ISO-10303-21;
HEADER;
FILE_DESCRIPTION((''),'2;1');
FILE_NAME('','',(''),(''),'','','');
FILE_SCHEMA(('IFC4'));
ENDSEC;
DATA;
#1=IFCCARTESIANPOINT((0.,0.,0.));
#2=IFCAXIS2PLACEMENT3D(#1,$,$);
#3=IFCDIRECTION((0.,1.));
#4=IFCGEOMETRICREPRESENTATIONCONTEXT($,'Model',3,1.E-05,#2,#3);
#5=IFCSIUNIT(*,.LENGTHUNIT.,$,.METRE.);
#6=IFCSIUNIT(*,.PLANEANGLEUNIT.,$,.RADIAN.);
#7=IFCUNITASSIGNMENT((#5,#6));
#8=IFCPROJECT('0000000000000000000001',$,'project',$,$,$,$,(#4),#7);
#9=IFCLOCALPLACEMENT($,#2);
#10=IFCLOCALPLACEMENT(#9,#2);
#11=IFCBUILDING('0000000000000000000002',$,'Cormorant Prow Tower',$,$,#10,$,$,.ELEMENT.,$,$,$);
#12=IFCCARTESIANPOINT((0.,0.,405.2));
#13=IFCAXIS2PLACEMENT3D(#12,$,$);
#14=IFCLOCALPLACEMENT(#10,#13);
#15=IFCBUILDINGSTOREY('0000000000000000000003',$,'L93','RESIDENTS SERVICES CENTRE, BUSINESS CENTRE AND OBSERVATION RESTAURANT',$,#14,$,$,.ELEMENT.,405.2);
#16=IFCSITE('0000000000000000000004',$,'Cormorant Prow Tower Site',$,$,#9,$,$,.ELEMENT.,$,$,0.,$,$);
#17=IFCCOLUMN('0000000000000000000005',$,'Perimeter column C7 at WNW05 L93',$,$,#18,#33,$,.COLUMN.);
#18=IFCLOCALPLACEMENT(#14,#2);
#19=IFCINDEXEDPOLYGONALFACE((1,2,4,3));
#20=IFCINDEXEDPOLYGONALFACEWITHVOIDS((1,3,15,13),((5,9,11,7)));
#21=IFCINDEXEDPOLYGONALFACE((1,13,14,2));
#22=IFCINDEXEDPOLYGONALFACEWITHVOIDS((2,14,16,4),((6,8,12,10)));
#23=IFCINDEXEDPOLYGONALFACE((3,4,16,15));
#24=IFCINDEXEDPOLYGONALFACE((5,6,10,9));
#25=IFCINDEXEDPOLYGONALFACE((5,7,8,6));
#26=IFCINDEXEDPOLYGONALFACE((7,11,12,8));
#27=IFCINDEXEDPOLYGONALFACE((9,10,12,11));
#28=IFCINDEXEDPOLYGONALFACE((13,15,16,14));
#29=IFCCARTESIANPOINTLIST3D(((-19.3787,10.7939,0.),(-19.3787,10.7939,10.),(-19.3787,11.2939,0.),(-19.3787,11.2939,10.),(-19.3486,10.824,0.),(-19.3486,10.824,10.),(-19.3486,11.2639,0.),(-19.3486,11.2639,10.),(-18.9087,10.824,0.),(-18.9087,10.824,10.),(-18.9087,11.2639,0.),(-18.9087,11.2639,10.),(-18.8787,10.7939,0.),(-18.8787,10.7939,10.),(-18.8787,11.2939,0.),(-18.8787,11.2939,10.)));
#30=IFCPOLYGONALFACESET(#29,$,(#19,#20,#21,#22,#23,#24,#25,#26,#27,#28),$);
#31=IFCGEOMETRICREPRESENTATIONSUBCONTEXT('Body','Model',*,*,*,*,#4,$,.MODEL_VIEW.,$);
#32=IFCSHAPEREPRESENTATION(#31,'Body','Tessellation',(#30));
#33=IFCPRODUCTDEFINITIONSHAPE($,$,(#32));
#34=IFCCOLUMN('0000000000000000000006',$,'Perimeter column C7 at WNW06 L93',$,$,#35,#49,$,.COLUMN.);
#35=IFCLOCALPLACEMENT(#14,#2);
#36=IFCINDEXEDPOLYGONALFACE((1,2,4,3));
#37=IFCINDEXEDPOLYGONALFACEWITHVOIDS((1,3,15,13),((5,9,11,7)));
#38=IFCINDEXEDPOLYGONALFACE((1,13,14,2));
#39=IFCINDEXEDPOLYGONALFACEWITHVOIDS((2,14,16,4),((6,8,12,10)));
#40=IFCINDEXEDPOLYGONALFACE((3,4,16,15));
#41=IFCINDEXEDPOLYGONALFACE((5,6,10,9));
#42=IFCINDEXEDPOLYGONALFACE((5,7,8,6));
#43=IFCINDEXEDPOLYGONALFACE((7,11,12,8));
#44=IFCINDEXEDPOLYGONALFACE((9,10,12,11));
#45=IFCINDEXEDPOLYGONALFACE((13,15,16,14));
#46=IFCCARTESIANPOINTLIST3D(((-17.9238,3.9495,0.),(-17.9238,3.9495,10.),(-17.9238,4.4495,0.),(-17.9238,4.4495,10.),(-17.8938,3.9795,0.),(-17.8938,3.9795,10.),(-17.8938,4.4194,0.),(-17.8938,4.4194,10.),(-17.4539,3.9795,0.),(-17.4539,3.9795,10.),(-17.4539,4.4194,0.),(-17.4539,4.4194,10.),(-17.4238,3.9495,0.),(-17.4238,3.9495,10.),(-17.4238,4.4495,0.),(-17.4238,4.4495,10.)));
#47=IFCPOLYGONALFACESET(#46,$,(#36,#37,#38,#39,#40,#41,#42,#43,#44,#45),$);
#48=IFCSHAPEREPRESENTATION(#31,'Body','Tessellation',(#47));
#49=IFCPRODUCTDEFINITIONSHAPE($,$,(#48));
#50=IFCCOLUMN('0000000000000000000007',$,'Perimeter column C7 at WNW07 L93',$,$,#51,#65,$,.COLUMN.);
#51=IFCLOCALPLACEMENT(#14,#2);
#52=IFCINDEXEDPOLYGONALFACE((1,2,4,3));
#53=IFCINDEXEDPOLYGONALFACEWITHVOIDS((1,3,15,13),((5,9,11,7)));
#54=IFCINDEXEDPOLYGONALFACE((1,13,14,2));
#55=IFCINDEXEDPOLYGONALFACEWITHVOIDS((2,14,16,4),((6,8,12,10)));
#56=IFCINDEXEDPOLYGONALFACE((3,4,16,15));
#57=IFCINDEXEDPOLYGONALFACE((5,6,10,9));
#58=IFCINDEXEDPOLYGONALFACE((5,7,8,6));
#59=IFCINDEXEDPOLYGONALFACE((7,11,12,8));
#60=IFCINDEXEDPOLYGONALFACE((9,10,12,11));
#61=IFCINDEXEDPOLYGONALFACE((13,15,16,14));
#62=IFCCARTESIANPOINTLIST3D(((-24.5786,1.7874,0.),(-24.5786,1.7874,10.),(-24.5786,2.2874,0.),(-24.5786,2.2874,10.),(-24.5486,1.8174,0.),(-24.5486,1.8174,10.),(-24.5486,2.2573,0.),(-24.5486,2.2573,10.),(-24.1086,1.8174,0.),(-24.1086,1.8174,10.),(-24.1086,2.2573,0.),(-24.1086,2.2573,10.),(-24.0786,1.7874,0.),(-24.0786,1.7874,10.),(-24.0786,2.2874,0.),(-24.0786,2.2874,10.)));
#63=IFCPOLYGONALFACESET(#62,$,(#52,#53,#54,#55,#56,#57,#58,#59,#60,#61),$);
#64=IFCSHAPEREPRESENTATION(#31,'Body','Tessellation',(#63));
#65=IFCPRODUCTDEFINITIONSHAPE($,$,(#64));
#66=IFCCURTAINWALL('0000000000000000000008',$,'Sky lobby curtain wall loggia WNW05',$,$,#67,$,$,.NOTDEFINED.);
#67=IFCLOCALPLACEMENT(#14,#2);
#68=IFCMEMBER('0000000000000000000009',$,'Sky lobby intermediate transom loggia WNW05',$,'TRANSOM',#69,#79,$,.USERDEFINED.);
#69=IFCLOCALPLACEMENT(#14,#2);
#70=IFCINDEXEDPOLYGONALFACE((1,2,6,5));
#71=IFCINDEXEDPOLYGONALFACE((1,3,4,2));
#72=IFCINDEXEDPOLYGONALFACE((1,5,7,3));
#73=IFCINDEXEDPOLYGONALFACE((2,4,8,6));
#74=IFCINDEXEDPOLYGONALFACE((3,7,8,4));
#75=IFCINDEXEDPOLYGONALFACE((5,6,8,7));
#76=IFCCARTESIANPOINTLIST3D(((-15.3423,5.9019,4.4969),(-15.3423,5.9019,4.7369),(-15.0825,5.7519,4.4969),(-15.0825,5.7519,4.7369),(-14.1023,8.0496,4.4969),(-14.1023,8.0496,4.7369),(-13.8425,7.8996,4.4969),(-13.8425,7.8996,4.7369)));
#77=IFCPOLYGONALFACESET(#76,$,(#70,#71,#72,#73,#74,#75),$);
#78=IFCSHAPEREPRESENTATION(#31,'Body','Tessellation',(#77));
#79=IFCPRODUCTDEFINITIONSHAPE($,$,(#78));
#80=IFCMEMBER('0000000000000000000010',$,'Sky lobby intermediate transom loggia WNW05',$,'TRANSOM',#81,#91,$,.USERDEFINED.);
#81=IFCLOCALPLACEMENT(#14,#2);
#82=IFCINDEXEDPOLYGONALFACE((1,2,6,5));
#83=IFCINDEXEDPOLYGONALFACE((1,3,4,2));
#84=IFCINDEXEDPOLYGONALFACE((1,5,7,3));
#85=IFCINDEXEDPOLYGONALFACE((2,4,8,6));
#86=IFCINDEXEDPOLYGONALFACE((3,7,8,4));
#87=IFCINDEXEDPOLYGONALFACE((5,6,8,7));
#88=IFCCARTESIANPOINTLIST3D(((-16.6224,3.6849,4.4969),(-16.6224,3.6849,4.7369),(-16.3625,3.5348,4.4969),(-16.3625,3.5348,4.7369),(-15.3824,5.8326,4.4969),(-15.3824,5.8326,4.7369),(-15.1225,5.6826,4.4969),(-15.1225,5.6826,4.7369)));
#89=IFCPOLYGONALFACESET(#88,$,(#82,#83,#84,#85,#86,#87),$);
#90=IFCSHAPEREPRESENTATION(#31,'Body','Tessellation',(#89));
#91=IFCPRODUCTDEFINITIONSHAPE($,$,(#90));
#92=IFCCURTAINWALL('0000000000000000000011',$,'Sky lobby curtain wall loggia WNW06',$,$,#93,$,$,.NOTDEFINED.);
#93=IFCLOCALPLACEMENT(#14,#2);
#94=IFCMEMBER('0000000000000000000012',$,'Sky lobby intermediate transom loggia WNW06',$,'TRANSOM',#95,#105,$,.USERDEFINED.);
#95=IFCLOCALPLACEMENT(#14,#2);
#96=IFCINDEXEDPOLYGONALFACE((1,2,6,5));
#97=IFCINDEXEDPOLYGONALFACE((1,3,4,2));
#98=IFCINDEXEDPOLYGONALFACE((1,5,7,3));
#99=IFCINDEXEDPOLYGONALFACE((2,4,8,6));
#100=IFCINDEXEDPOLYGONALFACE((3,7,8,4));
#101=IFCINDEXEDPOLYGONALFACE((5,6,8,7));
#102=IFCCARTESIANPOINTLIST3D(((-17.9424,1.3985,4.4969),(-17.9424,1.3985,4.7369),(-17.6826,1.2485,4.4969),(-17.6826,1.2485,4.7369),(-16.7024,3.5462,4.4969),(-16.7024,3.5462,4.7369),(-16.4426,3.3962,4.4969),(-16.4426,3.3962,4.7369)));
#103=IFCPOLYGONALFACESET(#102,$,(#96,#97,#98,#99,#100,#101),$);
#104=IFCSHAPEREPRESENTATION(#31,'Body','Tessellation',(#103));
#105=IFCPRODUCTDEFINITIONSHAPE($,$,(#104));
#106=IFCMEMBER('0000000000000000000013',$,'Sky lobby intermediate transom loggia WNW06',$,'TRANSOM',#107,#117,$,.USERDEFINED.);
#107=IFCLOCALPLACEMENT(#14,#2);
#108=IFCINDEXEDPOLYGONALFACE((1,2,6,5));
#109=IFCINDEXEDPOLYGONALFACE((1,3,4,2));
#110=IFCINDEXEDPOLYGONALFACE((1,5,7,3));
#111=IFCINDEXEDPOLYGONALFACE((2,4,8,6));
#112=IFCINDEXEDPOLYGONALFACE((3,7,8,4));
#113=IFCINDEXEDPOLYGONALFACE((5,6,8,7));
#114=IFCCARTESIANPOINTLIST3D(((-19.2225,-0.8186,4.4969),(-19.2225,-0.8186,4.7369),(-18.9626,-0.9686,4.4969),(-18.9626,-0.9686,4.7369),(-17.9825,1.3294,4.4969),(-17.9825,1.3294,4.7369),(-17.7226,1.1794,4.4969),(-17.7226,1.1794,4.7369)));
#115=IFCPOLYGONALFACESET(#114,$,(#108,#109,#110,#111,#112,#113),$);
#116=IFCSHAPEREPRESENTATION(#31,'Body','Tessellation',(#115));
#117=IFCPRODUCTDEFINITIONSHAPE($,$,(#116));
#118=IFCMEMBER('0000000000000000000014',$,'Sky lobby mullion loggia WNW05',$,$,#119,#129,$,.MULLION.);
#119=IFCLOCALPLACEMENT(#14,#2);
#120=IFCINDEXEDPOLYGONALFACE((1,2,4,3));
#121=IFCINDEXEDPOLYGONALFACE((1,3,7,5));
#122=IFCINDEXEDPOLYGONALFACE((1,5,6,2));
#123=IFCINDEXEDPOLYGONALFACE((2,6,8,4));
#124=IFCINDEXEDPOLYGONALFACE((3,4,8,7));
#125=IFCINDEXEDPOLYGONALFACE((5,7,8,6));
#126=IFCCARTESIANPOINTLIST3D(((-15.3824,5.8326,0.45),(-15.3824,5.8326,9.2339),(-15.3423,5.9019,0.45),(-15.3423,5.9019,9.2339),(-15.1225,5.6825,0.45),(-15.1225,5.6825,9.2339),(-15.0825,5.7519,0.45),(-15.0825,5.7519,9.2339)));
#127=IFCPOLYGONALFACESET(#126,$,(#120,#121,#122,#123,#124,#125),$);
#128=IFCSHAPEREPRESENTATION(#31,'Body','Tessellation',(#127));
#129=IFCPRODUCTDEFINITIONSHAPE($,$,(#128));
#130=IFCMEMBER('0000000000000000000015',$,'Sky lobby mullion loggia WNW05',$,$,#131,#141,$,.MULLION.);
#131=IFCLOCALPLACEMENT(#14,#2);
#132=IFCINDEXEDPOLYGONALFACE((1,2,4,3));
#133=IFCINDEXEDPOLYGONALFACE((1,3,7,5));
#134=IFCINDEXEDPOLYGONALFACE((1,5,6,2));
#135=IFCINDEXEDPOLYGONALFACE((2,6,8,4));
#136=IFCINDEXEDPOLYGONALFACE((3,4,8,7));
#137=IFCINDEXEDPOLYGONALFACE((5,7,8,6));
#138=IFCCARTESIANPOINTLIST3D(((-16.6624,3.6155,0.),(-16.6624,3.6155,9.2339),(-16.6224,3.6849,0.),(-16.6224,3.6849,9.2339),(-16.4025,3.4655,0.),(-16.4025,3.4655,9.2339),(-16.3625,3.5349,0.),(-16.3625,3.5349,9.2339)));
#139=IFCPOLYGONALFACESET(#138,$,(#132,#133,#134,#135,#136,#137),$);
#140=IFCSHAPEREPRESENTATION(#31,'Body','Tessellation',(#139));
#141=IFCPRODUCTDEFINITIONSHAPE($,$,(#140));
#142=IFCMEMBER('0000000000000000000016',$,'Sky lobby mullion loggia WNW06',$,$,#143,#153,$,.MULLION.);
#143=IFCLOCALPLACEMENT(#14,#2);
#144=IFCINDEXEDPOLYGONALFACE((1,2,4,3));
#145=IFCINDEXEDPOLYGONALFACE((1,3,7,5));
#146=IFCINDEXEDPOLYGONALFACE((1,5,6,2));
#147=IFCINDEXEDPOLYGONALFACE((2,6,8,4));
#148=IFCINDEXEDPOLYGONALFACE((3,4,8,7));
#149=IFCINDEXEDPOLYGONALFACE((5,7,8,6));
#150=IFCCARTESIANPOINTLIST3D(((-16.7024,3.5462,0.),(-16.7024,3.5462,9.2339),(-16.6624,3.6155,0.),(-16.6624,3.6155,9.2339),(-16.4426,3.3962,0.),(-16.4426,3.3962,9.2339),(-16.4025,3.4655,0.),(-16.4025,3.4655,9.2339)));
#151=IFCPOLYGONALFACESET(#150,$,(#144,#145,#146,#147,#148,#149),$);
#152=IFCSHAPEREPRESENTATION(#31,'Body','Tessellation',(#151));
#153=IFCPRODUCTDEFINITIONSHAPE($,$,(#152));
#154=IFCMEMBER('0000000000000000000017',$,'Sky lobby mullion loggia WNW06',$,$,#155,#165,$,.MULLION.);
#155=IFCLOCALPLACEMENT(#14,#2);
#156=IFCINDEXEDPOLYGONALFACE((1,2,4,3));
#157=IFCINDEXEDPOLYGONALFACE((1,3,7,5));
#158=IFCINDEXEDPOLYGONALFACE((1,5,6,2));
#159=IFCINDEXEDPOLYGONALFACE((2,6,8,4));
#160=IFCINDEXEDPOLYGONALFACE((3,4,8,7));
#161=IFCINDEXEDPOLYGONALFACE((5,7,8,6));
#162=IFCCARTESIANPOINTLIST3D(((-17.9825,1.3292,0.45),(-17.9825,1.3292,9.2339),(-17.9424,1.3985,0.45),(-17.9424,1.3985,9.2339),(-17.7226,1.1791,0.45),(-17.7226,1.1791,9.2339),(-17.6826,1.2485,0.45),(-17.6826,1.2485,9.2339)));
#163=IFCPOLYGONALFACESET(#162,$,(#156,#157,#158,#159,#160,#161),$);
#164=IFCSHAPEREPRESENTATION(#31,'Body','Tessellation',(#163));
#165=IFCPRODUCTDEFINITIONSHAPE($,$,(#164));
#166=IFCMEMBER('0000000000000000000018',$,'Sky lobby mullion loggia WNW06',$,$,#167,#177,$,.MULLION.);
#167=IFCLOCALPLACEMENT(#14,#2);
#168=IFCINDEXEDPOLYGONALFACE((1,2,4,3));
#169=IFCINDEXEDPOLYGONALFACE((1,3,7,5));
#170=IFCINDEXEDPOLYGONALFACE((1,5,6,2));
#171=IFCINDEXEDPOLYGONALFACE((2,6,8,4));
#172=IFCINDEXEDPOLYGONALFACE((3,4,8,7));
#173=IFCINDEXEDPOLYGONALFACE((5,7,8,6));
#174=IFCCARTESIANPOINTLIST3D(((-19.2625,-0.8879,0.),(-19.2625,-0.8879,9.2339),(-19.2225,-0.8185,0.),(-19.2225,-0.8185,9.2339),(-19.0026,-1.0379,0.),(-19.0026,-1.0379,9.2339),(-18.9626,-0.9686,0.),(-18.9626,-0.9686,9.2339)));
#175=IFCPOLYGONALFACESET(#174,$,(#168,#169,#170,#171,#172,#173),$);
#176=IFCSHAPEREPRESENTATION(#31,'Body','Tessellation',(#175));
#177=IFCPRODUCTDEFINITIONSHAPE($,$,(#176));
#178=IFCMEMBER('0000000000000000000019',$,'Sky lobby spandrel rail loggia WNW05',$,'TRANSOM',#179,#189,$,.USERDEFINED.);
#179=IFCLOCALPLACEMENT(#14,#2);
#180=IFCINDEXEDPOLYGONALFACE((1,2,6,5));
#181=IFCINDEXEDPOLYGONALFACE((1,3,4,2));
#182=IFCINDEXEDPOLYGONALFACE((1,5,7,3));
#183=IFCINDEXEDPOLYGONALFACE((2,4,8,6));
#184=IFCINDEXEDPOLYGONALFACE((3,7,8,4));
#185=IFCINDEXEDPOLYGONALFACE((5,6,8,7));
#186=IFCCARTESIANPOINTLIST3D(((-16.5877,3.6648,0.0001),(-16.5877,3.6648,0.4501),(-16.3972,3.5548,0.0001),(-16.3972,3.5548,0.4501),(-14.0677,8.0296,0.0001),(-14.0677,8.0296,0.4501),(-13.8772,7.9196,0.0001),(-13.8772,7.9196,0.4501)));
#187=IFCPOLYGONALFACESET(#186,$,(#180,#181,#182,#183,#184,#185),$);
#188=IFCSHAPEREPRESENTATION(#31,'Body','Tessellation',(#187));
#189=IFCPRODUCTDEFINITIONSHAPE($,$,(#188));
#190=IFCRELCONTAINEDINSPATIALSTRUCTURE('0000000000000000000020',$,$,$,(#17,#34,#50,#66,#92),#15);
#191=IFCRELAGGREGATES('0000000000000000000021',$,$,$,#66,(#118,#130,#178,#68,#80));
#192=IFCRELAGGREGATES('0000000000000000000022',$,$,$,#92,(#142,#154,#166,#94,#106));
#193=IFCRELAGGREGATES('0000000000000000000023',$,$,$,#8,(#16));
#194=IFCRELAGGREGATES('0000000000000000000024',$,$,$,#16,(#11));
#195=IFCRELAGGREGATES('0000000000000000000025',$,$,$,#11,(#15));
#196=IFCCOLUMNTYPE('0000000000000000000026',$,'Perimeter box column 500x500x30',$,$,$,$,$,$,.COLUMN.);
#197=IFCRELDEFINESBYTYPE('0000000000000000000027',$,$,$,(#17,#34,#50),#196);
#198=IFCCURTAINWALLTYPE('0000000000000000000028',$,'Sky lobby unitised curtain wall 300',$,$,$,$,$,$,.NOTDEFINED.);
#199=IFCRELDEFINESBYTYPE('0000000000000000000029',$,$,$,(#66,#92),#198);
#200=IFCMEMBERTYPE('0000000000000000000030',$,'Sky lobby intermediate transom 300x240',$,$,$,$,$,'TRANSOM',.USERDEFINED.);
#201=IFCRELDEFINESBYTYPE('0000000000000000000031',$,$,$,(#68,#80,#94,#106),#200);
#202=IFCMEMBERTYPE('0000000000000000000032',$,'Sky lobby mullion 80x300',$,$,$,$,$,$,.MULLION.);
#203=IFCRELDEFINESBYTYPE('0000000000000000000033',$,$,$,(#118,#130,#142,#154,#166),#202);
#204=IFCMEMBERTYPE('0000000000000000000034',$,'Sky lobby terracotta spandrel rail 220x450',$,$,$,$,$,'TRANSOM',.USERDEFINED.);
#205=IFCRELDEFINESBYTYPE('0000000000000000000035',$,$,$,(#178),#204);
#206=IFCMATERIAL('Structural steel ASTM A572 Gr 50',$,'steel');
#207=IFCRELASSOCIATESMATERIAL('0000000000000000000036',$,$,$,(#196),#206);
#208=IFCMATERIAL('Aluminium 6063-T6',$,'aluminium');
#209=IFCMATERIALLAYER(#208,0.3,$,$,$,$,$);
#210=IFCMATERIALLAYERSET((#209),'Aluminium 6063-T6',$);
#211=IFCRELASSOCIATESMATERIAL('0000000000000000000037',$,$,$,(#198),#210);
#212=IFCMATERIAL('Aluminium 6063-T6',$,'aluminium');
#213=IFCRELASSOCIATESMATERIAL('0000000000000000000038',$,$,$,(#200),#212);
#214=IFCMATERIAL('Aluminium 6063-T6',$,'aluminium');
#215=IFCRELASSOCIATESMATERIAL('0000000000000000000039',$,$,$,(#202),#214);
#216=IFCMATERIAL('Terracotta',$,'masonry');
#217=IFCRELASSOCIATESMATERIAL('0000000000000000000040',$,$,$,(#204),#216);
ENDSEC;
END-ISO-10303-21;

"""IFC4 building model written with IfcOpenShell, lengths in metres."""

from ifc_helpers import new_model, si_unit, direction, frame, origin, origin_2d, place, context, subcontext, project, spatial, rectangle, hollow_rectangle, extrude, material, layer, layer_set, material_profile, profile_set, type_object, element, aggregate, save


model = new_model("IFC4")

# Units and contexts
model_context = context("Model", 3, precision=1e-05, world=origin(), true_north=direction((0.0, 1.0)))
body_context = subcontext(model_context, "Body", "Model", "MODEL_VIEW")
ifc_project = project(units=[si_unit("LENGTHUNIT", "METRE"), si_unit("PLANEANGLEUNIT", "RADIAN")], contexts=[model_context])

# Site, building, storey
site_placement = place(None, origin())
site = spatial("IfcSite", under=ifc_project, at=site_placement, Name="Cormorant Prow Tower Site", CompositionType="ELEMENT", RefElevation=0.0)
building_placement = place(site_placement, origin())
building = spatial("IfcBuilding", under=site, at=building_placement, Name="Cormorant Prow Tower", CompositionType="ELEMENT")
storey_placement = place(building_placement, frame((0.0, 0.0, 405.2)))
storey = spatial("IfcBuildingStorey", under=building, at=storey_placement, Name="L93", Description="RESIDENTS SERVICES CENTRE, BUSINESS CENTRE AND OBSERVATION RESTAURANT", CompositionType="ELEMENT", Elevation=405.2)

# Columns
ifc_material_1 = material(Name="Structural steel ASTM A572 Gr 50", Category="steel")
ifc_material_profile_1 = material_profile(ifc_material_1, hollow_rectangle(XDim=0.5, YDim=0.5, WallThickness=0.03, at=origin_2d()), Name="Box 500x500x30")
ifc_profile_set_1 = profile_set([ifc_material_profile_1], Name="Structural steel ASTM A572 Gr 50")
column_type = type_object("IfcColumnType", Name="Perimeter box column 500x500x30", PredefinedType="COLUMN", material=ifc_profile_set_1)
for number, where, z_axis, x_axis, name in (
    (1, (-19.1287, 11.0439, 0.0), (0.0, 0.0, 1.0), (1.0, 0.0, 0.0), "Perimeter column C7 at WNW05 L93"),
    (2, (-17.6738, 4.1995, 0.0), (0.0, 0.0, 1.0), (1.0, 0.0, 0.0), "Perimeter column C7 at WNW06 L93"),
    (3, (-24.3286, 2.0374, 0.0), (0.0, 0.0, 1.0), (1.0, 0.0, 0.0), "Perimeter column C7 at WNW07 L93"),
):
    element("IfcColumn", number, at=place(storey_placement, frame(where, z_axis=z_axis, x_axis=x_axis)), inside=storey, type_object=column_type, Name=name, PredefinedType="COLUMN", context=body_context, shape_type="SweptSolid", body=[
        extrude(hollow_rectangle(XDim=0.5, YDim=0.5, WallThickness=0.03, at=origin_2d()), origin(), (0.0, 0.0, 1.0), 10.0),
    ])

# Curtain walls, members
ifc_material_2 = material(Name="Aluminium 6063-T6", Category="aluminium")
ifc_layer_1 = layer(ifc_material_2, 0.3)
ifc_layer_set_1 = layer_set([ifc_layer_1], Name="Aluminium 6063-T6")
curtain_wall_type = type_object("IfcCurtainWallType", Name="Sky lobby unitised curtain wall 300", PredefinedType="NOTDEFINED", material=ifc_layer_set_1)
curtain_wall_1_placement = place(storey_placement, origin())
curtain_wall_1 = element("IfcCurtainWall", 4, at=curtain_wall_1_placement, inside=storey, type_object=curtain_wall_type, Name="Sky lobby curtain wall loggia WNW05", PredefinedType="NOTDEFINED")
ifc_material_3 = material(Name="Aluminium 6063-T6", Category="aluminium")
ifc_material_profile_2 = material_profile(ifc_material_3, rectangle(XDim=0.3, YDim=0.24, at=origin_2d()), Name="Sky lobby intermediate transom 300x240")
ifc_profile_set_2 = profile_set([ifc_material_profile_2], Name="Aluminium 6063-T6")
member_type_1 = type_object("IfcMemberType", Name="Sky lobby intermediate transom 300x240", ElementType="TRANSOM", PredefinedType="USERDEFINED", material=ifc_profile_set_2)
member_1_placement = place(storey_placement, frame((-13.9724, 7.9746, 4.6169), z_axis=(-0.500004, -0.866023, 0.0), x_axis=(0.866023, -0.500004, 0.0)))
member_1 = element("IfcMember", 5, at=member_1_placement, type_object=member_type_1, Name="Sky lobby intermediate transom loggia WNW05", ObjectType="TRANSOM", PredefinedType="USERDEFINED", context=body_context, shape_type="SweptSolid", body=[
    extrude(rectangle(XDim=0.3, YDim=0.24, at=origin_2d()), origin(), (0.0, 0.0, 1.0), 2.48),
])
member_2_placement = place(storey_placement, frame((-15.2524, 5.7576, 4.6169), z_axis=(-0.500004, -0.866023, 0.0), x_axis=(0.866023, -0.500004, 0.0)))
member_2 = element("IfcMember", 6, at=member_2_placement, type_object=member_type_1, Name="Sky lobby intermediate transom loggia WNW05", ObjectType="TRANSOM", PredefinedType="USERDEFINED", context=body_context, shape_type="SweptSolid", body=[
    extrude(rectangle(XDim=0.3, YDim=0.24, at=origin_2d()), origin(), (0.0, 0.0, 1.0), 2.48),
])
curtain_wall_2_placement = place(storey_placement, origin())
curtain_wall_2 = element("IfcCurtainWall", 7, at=curtain_wall_2_placement, inside=storey, type_object=curtain_wall_type, Name="Sky lobby curtain wall loggia WNW06", PredefinedType="NOTDEFINED")
member_3_placement = place(storey_placement, frame((-16.5725, 3.4712, 4.6169), z_axis=(-0.500004, -0.866023, 0.0), x_axis=(0.866023, -0.500004, 0.0)))
member_3 = element("IfcMember", 8, at=member_3_placement, type_object=member_type_1, Name="Sky lobby intermediate transom loggia WNW06", ObjectType="TRANSOM", PredefinedType="USERDEFINED", context=body_context, shape_type="SweptSolid", body=[
    extrude(rectangle(XDim=0.3, YDim=0.24, at=origin_2d()), origin(), (0.0, 0.0, 1.0), 2.48),
])
member_4_placement = place(storey_placement, frame((-17.8525, 1.2544, 4.6169), z_axis=(-0.499961, -0.866048, 0.0), x_axis=(0.866048, -0.499961, 0.0)))
member_4 = element("IfcMember", 9, at=member_4_placement, type_object=member_type_1, Name="Sky lobby intermediate transom loggia WNW06", ObjectType="TRANSOM", PredefinedType="USERDEFINED", context=body_context, shape_type="SweptSolid", body=[
    extrude(rectangle(XDim=0.3, YDim=0.24, at=origin_2d()), origin(), (0.0, 0.0, 1.0), 2.4802),
])

# Members
ifc_material_4 = material(Name="Aluminium 6063-T6", Category="aluminium")
ifc_material_profile_3 = material_profile(ifc_material_4, rectangle(XDim=0.3, YDim=0.0801, at=origin_2d()), Name="Sky lobby mullion 80x300")
ifc_profile_set_3 = profile_set([ifc_material_profile_3], Name="Aluminium 6063-T6")
member_type_2 = type_object("IfcMemberType", Name="Sky lobby mullion 80x300", PredefinedType="MULLION", material=ifc_profile_set_3)
member_5_placement = place(storey_placement, frame((-15.2324, 5.7922, 0.45), z_axis=(0.0, 0.0, 1.0), x_axis=(0.866025, -0.5, 0.0)))
member_5 = element("IfcMember", 10, at=member_5_placement, type_object=member_type_2, Name="Sky lobby mullion loggia WNW05", PredefinedType="MULLION", context=body_context, shape_type="SweptSolid", body=[
    extrude(rectangle(XDim=0.3, YDim=0.0801, at=origin_2d()), origin(), (0.0, 0.0, 1.0), 8.7839),
])
member_6_placement = place(storey_placement, frame((-16.5125, 3.5752, 0.0), z_axis=(0.0, 0.0, 1.0), x_axis=(0.866025, -0.5, 0.0)))
member_6 = element("IfcMember", 11, at=member_6_placement, type_object=member_type_2, Name="Sky lobby mullion loggia WNW05", PredefinedType="MULLION", context=body_context, shape_type="SweptSolid", body=[
    extrude(rectangle(XDim=0.3, YDim=0.0801, at=origin_2d()), origin(), (0.0, 0.0, 1.0), 9.2339),
])
member_7_placement = place(storey_placement, frame((-16.5525, 3.5059, 0.0), z_axis=(0.0, 0.0, 1.0), x_axis=(0.866025, -0.5, 0.0)))
member_7 = element("IfcMember", 12, at=member_7_placement, type_object=member_type_2, Name="Sky lobby mullion loggia WNW06", PredefinedType="MULLION", context=body_context, shape_type="SweptSolid", body=[
    extrude(rectangle(XDim=0.3, YDim=0.0801, at=origin_2d()), origin(), (0.0, 0.0, 1.0), 9.2339),
])
member_8_placement = place(storey_placement, frame((-17.8325, 1.2888, 0.45), z_axis=(0.0, 0.0, 1.0), x_axis=(0.866025, -0.5, 0.0)))
member_8 = element("IfcMember", 13, at=member_8_placement, type_object=member_type_2, Name="Sky lobby mullion loggia WNW06", PredefinedType="MULLION", context=body_context, shape_type="SweptSolid", body=[
    extrude(rectangle(XDim=0.3, YDim=0.0801, at=origin_2d()), origin(), (0.0, 0.0, 1.0), 8.7839),
])
member_9_placement = place(storey_placement, frame((-19.1125, -0.9282, 0.0), z_axis=(0.0, 0.0, 1.0), x_axis=(0.866025, -0.5, 0.0)))
member_9 = element("IfcMember", 14, at=member_9_placement, type_object=member_type_2, Name="Sky lobby mullion loggia WNW06", PredefinedType="MULLION", context=body_context, shape_type="SweptSolid", body=[
    extrude(rectangle(XDim=0.3, YDim=0.0801, at=origin_2d()), origin(), (0.0, 0.0, 1.0), 9.2339),
])
ifc_material_5 = material(Name="Terracotta", Category="masonry")
ifc_material_profile_4 = material_profile(ifc_material_5, rectangle(XDim=0.22, YDim=0.45, at=origin_2d()), Name="Sky lobby terracotta spandrel rail 220x450")
ifc_profile_set_4 = profile_set([ifc_material_profile_4], Name="Terracotta")
member_type_3 = type_object("IfcMemberType", Name="Sky lobby terracotta spandrel rail 220x450", ElementType="TRANSOM", PredefinedType="USERDEFINED", material=ifc_profile_set_4)
member_10_placement = place(storey_placement, frame((-13.9724, 7.9746, 0.2251), z_axis=(-0.500005, -0.866023, 0.0), x_axis=(0.866023, -0.500005, 0.0)))
member_10 = element("IfcMember", 15, at=member_10_placement, type_object=member_type_3, Name="Sky lobby spandrel rail loggia WNW05", ObjectType="TRANSOM", PredefinedType="USERDEFINED", context=body_context, shape_type="SweptSolid", body=[
    extrude(rectangle(XDim=0.22, YDim=0.45, at=origin_2d()), origin(), (0.0, 0.0, 1.0), 5.04),
])

aggregate(curtain_wall_1, [member_5, member_6, member_10, member_1, member_2])
aggregate(curtain_wall_2, [member_7, member_8, member_9, member_3, member_4])

save(model, "model.ifc")
